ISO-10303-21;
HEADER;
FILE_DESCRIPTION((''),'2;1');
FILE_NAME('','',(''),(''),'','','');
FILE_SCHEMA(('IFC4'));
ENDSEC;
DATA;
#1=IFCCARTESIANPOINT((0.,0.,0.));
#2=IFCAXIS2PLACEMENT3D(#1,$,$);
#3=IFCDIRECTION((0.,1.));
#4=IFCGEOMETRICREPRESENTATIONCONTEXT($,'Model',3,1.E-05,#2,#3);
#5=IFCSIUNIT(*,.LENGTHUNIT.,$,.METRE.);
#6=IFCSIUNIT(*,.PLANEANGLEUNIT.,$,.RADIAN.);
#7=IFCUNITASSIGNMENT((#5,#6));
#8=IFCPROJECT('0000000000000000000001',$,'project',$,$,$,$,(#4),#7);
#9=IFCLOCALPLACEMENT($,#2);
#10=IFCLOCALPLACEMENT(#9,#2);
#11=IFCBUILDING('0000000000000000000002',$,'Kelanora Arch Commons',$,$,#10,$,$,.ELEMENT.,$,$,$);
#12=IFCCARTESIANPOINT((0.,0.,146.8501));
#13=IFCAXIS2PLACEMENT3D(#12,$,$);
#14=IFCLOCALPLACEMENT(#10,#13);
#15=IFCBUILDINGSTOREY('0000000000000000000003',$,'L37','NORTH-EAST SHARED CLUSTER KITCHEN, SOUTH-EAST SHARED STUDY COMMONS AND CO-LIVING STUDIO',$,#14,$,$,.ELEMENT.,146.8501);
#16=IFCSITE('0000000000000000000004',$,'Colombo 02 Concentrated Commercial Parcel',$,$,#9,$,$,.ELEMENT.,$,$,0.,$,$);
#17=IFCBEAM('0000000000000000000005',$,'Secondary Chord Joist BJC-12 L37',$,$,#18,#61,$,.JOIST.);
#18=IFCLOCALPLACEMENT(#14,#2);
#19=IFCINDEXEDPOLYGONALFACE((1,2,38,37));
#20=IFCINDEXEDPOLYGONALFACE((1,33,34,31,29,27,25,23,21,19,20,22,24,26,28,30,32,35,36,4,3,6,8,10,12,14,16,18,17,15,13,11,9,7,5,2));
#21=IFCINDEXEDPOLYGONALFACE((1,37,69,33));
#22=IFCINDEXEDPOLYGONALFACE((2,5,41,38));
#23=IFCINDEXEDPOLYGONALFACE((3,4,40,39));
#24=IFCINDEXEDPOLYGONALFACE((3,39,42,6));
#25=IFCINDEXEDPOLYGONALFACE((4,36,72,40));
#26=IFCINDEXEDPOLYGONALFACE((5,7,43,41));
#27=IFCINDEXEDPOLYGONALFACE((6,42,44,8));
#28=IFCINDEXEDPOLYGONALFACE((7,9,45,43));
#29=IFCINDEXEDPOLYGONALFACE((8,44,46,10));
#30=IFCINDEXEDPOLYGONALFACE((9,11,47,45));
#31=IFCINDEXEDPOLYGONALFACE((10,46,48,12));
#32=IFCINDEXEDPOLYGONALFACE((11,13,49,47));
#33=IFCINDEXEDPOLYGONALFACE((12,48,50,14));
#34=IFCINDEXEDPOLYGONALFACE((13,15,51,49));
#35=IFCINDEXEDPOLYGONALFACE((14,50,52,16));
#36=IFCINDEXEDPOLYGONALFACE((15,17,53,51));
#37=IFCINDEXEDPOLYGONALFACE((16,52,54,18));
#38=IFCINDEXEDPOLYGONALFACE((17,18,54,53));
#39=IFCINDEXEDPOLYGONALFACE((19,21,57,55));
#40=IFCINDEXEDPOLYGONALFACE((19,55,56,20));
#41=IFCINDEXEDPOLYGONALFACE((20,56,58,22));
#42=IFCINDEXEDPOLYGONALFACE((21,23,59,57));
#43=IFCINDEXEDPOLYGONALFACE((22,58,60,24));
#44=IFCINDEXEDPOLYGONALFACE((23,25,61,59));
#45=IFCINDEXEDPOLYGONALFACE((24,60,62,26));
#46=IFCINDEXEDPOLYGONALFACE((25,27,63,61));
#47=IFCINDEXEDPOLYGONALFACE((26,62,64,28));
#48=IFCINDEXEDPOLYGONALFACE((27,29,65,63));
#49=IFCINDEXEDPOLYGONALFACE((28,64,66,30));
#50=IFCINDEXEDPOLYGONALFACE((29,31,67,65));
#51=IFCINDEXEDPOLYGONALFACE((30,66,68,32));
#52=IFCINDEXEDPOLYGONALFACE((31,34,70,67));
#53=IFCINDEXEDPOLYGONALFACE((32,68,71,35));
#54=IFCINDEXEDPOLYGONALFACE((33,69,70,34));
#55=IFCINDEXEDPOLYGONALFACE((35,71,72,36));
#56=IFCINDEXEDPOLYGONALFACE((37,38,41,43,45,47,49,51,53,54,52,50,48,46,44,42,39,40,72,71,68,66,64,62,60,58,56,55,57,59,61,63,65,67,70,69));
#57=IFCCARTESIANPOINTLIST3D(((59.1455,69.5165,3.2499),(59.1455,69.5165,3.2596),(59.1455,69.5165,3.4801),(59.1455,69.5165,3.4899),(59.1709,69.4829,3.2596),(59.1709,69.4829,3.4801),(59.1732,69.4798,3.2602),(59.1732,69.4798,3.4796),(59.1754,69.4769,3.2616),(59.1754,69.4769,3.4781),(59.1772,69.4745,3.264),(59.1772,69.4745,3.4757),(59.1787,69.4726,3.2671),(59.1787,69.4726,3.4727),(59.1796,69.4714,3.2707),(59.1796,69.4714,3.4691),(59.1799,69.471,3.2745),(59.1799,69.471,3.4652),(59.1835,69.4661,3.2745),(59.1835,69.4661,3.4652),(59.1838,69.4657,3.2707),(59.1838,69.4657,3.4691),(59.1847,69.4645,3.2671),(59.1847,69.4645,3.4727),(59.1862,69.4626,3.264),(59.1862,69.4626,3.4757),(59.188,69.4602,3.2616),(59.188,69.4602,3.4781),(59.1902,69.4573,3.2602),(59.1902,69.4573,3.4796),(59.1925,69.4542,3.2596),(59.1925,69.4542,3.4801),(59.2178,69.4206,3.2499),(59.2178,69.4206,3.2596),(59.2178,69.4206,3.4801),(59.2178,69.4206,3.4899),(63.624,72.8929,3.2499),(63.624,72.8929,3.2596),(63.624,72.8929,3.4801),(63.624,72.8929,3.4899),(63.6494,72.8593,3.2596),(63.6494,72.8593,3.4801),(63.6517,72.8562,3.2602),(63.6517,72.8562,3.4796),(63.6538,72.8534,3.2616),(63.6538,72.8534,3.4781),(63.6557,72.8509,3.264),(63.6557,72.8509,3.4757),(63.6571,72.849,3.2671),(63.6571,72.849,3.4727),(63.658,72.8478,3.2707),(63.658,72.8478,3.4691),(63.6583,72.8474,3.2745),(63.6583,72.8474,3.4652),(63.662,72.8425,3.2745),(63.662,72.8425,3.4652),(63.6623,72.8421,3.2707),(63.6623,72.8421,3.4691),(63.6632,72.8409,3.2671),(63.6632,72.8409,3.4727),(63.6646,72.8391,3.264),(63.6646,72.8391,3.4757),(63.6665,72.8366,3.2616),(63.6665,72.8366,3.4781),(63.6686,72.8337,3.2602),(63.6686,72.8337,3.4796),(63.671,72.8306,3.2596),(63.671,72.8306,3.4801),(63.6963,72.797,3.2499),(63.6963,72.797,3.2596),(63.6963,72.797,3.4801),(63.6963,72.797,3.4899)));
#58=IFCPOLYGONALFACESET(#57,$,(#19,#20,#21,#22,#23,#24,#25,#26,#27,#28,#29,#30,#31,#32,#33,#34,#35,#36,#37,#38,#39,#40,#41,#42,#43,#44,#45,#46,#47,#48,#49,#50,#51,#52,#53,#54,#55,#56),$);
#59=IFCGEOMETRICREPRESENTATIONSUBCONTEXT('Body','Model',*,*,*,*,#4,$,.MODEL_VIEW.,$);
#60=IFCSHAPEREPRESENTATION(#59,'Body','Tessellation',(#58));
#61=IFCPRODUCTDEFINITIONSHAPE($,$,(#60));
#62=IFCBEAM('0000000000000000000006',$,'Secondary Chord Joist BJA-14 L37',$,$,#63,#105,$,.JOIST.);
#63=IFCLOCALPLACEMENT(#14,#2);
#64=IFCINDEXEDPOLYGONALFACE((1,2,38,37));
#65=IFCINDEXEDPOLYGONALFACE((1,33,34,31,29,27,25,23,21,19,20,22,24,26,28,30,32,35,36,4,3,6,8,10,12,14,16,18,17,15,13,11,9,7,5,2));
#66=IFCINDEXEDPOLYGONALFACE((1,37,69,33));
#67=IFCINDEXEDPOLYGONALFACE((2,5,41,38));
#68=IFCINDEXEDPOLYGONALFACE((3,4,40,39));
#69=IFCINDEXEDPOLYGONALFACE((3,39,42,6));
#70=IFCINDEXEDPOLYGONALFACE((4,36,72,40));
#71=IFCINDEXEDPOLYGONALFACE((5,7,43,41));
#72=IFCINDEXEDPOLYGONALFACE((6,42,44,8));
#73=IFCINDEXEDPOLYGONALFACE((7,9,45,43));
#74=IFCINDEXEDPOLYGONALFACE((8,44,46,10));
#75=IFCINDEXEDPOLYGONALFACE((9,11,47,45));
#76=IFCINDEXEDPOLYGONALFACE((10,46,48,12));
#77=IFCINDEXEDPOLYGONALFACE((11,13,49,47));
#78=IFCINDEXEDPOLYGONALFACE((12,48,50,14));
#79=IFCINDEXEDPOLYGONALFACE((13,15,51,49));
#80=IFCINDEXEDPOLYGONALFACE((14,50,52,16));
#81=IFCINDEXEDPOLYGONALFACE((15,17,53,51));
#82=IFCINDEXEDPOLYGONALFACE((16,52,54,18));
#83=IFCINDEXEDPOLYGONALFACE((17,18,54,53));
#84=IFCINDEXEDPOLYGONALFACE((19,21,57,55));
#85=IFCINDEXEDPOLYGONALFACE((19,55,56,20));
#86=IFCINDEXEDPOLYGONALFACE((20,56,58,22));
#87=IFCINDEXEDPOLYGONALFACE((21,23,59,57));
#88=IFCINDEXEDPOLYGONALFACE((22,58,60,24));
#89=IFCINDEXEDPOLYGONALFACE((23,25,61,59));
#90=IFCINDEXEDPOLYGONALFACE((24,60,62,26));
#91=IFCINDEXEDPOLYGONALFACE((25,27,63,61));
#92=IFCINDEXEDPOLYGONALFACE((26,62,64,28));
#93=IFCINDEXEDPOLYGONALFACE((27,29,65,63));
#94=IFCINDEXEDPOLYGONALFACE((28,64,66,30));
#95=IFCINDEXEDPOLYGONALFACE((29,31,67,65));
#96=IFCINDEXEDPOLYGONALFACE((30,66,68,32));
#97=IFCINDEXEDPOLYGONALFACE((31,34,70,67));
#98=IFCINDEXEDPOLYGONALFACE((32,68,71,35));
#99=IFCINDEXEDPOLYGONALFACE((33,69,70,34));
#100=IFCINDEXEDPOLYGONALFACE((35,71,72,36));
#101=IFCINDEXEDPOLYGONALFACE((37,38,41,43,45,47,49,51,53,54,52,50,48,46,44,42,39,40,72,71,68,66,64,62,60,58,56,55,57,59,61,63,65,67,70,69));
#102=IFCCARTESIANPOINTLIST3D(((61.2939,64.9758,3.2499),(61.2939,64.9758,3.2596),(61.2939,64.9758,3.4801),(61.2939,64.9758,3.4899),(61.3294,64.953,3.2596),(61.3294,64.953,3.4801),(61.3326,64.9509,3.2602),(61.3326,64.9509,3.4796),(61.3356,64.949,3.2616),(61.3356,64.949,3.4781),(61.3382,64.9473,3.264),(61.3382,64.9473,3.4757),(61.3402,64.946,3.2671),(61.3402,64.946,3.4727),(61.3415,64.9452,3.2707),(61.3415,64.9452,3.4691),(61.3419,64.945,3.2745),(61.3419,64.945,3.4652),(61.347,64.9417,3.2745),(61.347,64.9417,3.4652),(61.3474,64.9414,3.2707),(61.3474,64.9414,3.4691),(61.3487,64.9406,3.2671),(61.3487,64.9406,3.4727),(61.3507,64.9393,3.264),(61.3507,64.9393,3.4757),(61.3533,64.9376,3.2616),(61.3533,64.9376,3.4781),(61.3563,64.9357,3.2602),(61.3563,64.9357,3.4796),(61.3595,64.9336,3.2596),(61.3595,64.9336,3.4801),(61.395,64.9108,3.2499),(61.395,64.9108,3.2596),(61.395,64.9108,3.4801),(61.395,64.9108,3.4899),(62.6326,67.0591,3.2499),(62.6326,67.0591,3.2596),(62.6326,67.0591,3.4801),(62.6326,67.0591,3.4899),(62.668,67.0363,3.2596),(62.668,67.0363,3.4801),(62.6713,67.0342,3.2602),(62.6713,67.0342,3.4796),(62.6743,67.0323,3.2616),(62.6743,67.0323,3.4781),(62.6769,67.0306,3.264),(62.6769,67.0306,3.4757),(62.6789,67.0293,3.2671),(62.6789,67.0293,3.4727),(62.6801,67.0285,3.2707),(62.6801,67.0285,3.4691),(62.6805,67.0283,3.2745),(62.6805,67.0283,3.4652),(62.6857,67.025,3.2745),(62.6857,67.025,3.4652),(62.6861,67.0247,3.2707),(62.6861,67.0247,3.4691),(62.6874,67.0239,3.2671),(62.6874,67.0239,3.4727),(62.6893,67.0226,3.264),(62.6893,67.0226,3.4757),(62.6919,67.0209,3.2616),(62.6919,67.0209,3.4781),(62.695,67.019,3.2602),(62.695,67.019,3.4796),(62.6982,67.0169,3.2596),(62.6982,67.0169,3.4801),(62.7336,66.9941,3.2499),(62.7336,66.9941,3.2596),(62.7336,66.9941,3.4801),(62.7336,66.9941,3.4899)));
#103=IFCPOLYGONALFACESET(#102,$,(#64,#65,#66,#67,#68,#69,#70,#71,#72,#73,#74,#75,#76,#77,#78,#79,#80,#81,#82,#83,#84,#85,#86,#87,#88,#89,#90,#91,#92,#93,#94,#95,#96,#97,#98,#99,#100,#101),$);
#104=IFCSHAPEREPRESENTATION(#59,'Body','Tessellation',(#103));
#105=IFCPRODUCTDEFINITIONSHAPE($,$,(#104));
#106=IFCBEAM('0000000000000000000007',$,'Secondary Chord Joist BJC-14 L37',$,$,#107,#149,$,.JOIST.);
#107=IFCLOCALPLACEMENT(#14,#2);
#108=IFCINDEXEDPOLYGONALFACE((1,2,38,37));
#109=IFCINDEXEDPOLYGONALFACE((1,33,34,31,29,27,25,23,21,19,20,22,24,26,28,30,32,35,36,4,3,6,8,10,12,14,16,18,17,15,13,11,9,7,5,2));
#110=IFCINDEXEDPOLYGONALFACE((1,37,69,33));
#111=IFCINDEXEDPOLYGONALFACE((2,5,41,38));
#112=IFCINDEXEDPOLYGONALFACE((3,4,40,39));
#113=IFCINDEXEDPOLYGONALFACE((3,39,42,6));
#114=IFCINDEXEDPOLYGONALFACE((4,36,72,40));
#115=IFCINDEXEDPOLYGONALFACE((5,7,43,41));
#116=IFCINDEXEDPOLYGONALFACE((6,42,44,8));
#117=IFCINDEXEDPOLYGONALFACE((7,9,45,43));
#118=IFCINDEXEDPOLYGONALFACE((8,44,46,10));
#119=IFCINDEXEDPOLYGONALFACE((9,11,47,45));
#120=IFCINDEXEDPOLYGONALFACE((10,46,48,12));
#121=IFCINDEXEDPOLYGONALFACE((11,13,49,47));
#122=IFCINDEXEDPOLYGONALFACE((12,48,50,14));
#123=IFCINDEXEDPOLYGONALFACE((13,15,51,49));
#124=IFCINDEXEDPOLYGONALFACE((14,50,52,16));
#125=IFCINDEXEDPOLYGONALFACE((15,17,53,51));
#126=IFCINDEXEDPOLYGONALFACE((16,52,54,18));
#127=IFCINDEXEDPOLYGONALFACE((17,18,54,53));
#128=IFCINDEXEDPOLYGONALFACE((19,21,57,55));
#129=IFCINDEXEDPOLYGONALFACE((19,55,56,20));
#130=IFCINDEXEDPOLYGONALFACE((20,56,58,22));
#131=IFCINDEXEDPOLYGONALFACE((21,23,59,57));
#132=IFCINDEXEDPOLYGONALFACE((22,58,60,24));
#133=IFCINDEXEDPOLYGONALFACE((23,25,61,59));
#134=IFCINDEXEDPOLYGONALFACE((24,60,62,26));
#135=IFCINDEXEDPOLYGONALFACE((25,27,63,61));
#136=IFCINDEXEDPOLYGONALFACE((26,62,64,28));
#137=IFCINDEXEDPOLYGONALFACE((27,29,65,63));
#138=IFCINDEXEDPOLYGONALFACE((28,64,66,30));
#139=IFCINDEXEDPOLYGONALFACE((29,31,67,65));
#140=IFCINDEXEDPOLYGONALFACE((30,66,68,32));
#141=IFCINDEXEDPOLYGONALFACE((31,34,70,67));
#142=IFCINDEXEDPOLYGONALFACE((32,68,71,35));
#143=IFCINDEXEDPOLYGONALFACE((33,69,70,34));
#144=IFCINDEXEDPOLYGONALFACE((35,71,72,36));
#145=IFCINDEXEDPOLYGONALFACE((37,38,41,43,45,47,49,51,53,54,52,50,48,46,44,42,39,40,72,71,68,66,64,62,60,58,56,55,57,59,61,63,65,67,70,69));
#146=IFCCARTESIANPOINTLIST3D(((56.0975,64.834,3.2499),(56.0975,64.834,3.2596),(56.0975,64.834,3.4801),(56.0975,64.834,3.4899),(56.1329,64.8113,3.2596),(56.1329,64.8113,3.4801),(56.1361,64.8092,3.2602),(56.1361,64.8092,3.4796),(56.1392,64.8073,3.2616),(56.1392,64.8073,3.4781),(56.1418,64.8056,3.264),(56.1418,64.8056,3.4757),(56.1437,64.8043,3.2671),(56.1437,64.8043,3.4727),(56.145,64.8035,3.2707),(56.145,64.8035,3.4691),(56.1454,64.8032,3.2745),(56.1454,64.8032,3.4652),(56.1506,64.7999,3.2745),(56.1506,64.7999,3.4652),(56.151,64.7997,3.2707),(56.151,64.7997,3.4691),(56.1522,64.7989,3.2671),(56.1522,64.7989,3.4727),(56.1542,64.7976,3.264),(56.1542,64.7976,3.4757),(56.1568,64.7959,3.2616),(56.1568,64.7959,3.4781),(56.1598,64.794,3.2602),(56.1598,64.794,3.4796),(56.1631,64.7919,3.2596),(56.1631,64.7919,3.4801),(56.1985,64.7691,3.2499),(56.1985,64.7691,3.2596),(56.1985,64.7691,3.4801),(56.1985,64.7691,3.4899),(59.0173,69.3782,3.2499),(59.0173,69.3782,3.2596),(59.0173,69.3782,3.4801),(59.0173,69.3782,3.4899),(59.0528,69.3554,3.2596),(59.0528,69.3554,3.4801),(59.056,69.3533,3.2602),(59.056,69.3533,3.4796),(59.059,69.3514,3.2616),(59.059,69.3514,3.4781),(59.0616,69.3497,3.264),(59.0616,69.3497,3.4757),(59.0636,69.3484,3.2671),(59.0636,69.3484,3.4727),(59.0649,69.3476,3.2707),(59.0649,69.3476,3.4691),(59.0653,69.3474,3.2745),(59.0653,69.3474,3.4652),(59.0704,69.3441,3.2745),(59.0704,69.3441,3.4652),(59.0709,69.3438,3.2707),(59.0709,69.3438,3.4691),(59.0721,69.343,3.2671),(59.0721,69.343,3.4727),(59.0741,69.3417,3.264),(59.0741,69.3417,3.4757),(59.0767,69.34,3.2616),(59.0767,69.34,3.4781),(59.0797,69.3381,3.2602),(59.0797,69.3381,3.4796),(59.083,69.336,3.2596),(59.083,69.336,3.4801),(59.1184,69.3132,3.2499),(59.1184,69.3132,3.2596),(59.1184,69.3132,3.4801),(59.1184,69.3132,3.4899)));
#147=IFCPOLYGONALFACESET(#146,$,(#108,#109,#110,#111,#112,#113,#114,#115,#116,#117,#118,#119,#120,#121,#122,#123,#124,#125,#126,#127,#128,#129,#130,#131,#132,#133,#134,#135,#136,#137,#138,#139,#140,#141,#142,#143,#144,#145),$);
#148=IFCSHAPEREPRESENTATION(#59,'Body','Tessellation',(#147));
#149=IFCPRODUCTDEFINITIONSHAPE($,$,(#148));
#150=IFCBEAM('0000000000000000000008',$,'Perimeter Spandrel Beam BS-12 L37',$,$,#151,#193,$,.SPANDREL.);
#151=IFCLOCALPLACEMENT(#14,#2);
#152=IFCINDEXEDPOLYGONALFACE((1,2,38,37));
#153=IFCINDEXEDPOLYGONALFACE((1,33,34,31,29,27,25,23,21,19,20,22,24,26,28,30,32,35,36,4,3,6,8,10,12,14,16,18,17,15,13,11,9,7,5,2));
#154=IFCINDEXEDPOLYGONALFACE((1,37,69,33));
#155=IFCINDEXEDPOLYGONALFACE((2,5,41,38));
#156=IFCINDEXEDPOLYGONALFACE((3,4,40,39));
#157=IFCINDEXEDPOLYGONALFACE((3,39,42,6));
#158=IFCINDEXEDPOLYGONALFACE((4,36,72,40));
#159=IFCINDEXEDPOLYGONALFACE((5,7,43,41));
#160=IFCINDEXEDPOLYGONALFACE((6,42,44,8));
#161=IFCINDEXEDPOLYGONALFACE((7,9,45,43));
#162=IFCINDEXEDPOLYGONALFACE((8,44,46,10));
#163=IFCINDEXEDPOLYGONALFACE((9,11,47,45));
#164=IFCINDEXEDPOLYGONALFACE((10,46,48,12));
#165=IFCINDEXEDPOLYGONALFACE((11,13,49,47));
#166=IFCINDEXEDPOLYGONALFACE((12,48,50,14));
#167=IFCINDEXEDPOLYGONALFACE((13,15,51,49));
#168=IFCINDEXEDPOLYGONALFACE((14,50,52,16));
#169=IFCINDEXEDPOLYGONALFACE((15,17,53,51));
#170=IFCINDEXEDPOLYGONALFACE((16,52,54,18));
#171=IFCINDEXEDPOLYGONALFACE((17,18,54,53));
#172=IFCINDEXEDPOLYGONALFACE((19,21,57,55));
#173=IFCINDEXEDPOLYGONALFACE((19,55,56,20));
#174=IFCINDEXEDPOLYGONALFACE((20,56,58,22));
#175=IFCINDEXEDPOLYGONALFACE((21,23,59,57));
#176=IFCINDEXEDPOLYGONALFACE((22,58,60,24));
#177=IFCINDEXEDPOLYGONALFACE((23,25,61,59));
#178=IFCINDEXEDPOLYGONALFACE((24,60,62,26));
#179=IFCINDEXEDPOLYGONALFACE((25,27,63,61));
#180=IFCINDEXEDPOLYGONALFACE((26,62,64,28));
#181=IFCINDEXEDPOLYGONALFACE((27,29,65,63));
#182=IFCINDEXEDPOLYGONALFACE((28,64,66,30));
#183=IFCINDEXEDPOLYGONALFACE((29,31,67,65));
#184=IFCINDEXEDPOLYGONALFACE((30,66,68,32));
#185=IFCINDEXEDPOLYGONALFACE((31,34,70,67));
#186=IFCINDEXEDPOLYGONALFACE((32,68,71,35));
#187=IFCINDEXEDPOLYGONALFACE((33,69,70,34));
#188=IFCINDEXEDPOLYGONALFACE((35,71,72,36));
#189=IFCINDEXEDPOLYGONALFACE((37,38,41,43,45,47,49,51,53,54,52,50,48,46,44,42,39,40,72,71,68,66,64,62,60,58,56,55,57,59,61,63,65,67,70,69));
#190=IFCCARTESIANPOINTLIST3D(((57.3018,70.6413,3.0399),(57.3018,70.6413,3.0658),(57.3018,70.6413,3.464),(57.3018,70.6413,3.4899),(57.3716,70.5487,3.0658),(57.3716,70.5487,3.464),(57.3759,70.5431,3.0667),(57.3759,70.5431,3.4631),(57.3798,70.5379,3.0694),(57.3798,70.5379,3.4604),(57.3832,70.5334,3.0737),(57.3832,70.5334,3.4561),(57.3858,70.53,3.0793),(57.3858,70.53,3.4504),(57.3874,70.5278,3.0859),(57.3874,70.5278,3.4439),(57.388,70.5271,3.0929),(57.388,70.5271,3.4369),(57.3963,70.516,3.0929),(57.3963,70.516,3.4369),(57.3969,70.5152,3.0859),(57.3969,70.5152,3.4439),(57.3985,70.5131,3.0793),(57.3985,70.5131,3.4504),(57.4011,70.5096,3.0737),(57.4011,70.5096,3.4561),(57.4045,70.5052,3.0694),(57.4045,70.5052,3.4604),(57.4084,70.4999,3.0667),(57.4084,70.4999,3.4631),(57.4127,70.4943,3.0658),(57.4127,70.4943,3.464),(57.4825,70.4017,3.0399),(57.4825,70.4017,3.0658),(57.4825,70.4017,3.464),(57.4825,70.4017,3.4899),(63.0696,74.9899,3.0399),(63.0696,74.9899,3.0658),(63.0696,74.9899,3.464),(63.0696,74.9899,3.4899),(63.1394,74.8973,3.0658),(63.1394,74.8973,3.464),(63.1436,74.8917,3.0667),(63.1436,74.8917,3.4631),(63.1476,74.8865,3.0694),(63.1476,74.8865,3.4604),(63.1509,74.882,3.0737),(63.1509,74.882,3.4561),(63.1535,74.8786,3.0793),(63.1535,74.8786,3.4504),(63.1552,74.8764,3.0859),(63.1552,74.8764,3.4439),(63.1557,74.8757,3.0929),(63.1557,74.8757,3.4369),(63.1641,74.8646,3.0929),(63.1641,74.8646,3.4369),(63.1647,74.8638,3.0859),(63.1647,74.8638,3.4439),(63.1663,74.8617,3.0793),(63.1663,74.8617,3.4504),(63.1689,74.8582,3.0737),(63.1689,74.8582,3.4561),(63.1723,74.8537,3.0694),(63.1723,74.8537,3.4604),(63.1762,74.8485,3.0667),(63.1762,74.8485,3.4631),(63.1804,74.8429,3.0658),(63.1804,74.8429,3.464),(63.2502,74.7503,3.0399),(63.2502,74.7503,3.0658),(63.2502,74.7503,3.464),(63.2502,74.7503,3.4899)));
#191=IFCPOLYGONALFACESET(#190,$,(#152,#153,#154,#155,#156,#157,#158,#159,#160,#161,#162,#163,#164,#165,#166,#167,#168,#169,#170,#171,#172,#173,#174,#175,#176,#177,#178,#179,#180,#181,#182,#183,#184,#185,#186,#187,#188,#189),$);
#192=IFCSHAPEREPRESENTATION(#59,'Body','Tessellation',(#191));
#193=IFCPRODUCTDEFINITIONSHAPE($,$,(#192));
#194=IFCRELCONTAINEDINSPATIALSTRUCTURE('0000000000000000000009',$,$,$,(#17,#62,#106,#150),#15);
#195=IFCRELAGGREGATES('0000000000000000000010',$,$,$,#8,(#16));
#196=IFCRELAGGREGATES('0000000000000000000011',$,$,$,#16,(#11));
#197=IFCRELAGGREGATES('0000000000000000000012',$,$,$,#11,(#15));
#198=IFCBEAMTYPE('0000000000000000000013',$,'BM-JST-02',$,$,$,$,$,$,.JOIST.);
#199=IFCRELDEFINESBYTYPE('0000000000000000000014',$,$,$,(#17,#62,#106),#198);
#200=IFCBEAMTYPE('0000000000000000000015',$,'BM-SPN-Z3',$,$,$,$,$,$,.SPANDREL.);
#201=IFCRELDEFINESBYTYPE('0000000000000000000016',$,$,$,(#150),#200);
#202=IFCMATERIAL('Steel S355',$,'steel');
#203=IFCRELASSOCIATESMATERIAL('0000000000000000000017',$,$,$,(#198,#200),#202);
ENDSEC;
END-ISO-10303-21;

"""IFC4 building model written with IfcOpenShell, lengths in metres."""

from ifc_helpers import new_model, si_unit, direction, frame, origin, origin_2d, place, context, subcontext, project, spatial, i_section, extrude, material, material_profile, profile_set, type_object, element, save


model = new_model("IFC4")

# Units and contexts
model_context = context("Model", 3, precision=1e-05, world=origin(), true_north=direction((0.0, 1.0)))
body_context = subcontext(model_context, "Body", "Model", "MODEL_VIEW")
ifc_project = project(units=[si_unit("LENGTHUNIT", "METRE"), si_unit("PLANEANGLEUNIT", "RADIAN")], contexts=[model_context])

# Site, building, storey
site_placement = place(None, origin())
site = spatial("IfcSite", under=ifc_project, at=site_placement, Name="Colombo 02 Concentrated Commercial Parcel", CompositionType="ELEMENT", RefElevation=0.0)
building_placement = place(site_placement, origin())
building = spatial("IfcBuilding", under=site, at=building_placement, Name="Kelanora Arch Commons", CompositionType="ELEMENT")
storey_placement = place(building_placement, frame((0.0, 0.0, 146.8501)))
storey = spatial("IfcBuildingStorey", under=building, at=storey_placement, Name="L37", Description="NORTH-EAST SHARED CLUSTER KITCHEN, SOUTH-EAST SHARED STUDY COMMONS AND CO-LIVING STUDIO", CompositionType="ELEMENT", Elevation=146.8501)

# Beams
ifc_material_1 = material(Name="Steel S355", Category="steel")
ifc_material_profile_1 = material_profile(ifc_material_1, i_section(OverallWidth=0.1201, OverallDepth=0.24, WebThickness=0.0061, FlangeThickness=0.0098, FilletRadius=0.0149, at=origin_2d()), Name="IPE240")
ifc_profile_set_1 = profile_set([ifc_material_profile_1], Name="Steel S355")
beam_type_1 = type_object("IfcBeamType", Name="BM-JST-02", PredefinedType="JOIST", material=ifc_profile_set_1)
beam_1_placement = place(storey_placement, frame((63.6602, 72.845, 3.3699), z_axis=(-0.798493, -0.602004, 0.0), x_axis=(0.602004, -0.798493, 0.0)))
element("IfcBeam", 1, at=beam_1_placement, inside=storey, type_object=beam_type_1, Name="Secondary Chord Joist BJC-12 L37", PredefinedType="JOIST", context=body_context, shape_type="SweptSolid", body=[
    extrude(i_section(OverallWidth=0.1201, OverallDepth=0.24, WebThickness=0.0061, FlangeThickness=0.0098, FilletRadius=0.0149, at=origin_2d()), origin(), (0.0, 0.0, 1.0), 5.6086),
])
beam_2_placement = place(storey_placement, frame((62.6831, 67.0266, 3.3699), z_axis=(-0.540583, -0.841291, 0.0), x_axis=(0.841291, -0.540583, 0.0)))
element("IfcBeam", 2, at=beam_2_placement, inside=storey, type_object=beam_type_1, Name="Secondary Chord Joist BJA-14 L37", PredefinedType="JOIST", context=body_context, shape_type="SweptSolid", body=[
    extrude(i_section(OverallWidth=0.1201, OverallDepth=0.24, WebThickness=0.0061, FlangeThickness=0.0098, FilletRadius=0.0149, at=origin_2d()), origin(), (0.0, 0.0, 1.0), 2.4763),
])
beam_3_placement = place(storey_placement, frame((59.0679, 69.3457, 3.3699), z_axis=(-0.540582, -0.841292, 0.0), x_axis=(0.841292, -0.540582, 0.0)))
element("IfcBeam", 3, at=beam_3_placement, inside=storey, type_object=beam_type_1, Name="Secondary Chord Joist BJC-14 L37", PredefinedType="JOIST", context=body_context, shape_type="SweptSolid", body=[
    extrude(i_section(OverallWidth=0.1201, OverallDepth=0.24, WebThickness=0.0061, FlangeThickness=0.0098, FilletRadius=0.0149, at=origin_2d()), origin(), (0.0, 0.0, 1.0), 5.4014),
])
ifc_material_profile_2 = material_profile(ifc_material_1, i_section(OverallWidth=0.3, OverallDepth=0.45, WebThickness=0.0139, FlangeThickness=0.0259, FilletRadius=0.0271, at=origin_2d()), Name="HEB450")
ifc_profile_set_2 = profile_set([ifc_material_profile_2], Name="Steel S355")
beam_type_2 = type_object("IfcBeamType", Name="BM-SPN-Z3", PredefinedType="SPANDREL", material=ifc_profile_set_2)
beam_4_placement = place(storey_placement, frame((63.1599, 74.8701, 3.2649), z_axis=(-0.798485, -0.602015, 0.0), x_axis=(0.602015, -0.798485, 0.0)))
element("IfcBeam", 4, at=beam_4_placement, inside=storey, type_object=beam_type_2, Name="Perimeter Spandrel Beam BS-12 L37", PredefinedType="SPANDREL", context=body_context, shape_type="SweptSolid", body=[
    extrude(i_section(OverallWidth=0.3, OverallDepth=0.45, WebThickness=0.0139, FlangeThickness=0.0259, FilletRadius=0.0271, at=origin_2d()), origin(), (0.0, 0.0, 1.0), 7.2234),
])

save(model, "model.ifc")
